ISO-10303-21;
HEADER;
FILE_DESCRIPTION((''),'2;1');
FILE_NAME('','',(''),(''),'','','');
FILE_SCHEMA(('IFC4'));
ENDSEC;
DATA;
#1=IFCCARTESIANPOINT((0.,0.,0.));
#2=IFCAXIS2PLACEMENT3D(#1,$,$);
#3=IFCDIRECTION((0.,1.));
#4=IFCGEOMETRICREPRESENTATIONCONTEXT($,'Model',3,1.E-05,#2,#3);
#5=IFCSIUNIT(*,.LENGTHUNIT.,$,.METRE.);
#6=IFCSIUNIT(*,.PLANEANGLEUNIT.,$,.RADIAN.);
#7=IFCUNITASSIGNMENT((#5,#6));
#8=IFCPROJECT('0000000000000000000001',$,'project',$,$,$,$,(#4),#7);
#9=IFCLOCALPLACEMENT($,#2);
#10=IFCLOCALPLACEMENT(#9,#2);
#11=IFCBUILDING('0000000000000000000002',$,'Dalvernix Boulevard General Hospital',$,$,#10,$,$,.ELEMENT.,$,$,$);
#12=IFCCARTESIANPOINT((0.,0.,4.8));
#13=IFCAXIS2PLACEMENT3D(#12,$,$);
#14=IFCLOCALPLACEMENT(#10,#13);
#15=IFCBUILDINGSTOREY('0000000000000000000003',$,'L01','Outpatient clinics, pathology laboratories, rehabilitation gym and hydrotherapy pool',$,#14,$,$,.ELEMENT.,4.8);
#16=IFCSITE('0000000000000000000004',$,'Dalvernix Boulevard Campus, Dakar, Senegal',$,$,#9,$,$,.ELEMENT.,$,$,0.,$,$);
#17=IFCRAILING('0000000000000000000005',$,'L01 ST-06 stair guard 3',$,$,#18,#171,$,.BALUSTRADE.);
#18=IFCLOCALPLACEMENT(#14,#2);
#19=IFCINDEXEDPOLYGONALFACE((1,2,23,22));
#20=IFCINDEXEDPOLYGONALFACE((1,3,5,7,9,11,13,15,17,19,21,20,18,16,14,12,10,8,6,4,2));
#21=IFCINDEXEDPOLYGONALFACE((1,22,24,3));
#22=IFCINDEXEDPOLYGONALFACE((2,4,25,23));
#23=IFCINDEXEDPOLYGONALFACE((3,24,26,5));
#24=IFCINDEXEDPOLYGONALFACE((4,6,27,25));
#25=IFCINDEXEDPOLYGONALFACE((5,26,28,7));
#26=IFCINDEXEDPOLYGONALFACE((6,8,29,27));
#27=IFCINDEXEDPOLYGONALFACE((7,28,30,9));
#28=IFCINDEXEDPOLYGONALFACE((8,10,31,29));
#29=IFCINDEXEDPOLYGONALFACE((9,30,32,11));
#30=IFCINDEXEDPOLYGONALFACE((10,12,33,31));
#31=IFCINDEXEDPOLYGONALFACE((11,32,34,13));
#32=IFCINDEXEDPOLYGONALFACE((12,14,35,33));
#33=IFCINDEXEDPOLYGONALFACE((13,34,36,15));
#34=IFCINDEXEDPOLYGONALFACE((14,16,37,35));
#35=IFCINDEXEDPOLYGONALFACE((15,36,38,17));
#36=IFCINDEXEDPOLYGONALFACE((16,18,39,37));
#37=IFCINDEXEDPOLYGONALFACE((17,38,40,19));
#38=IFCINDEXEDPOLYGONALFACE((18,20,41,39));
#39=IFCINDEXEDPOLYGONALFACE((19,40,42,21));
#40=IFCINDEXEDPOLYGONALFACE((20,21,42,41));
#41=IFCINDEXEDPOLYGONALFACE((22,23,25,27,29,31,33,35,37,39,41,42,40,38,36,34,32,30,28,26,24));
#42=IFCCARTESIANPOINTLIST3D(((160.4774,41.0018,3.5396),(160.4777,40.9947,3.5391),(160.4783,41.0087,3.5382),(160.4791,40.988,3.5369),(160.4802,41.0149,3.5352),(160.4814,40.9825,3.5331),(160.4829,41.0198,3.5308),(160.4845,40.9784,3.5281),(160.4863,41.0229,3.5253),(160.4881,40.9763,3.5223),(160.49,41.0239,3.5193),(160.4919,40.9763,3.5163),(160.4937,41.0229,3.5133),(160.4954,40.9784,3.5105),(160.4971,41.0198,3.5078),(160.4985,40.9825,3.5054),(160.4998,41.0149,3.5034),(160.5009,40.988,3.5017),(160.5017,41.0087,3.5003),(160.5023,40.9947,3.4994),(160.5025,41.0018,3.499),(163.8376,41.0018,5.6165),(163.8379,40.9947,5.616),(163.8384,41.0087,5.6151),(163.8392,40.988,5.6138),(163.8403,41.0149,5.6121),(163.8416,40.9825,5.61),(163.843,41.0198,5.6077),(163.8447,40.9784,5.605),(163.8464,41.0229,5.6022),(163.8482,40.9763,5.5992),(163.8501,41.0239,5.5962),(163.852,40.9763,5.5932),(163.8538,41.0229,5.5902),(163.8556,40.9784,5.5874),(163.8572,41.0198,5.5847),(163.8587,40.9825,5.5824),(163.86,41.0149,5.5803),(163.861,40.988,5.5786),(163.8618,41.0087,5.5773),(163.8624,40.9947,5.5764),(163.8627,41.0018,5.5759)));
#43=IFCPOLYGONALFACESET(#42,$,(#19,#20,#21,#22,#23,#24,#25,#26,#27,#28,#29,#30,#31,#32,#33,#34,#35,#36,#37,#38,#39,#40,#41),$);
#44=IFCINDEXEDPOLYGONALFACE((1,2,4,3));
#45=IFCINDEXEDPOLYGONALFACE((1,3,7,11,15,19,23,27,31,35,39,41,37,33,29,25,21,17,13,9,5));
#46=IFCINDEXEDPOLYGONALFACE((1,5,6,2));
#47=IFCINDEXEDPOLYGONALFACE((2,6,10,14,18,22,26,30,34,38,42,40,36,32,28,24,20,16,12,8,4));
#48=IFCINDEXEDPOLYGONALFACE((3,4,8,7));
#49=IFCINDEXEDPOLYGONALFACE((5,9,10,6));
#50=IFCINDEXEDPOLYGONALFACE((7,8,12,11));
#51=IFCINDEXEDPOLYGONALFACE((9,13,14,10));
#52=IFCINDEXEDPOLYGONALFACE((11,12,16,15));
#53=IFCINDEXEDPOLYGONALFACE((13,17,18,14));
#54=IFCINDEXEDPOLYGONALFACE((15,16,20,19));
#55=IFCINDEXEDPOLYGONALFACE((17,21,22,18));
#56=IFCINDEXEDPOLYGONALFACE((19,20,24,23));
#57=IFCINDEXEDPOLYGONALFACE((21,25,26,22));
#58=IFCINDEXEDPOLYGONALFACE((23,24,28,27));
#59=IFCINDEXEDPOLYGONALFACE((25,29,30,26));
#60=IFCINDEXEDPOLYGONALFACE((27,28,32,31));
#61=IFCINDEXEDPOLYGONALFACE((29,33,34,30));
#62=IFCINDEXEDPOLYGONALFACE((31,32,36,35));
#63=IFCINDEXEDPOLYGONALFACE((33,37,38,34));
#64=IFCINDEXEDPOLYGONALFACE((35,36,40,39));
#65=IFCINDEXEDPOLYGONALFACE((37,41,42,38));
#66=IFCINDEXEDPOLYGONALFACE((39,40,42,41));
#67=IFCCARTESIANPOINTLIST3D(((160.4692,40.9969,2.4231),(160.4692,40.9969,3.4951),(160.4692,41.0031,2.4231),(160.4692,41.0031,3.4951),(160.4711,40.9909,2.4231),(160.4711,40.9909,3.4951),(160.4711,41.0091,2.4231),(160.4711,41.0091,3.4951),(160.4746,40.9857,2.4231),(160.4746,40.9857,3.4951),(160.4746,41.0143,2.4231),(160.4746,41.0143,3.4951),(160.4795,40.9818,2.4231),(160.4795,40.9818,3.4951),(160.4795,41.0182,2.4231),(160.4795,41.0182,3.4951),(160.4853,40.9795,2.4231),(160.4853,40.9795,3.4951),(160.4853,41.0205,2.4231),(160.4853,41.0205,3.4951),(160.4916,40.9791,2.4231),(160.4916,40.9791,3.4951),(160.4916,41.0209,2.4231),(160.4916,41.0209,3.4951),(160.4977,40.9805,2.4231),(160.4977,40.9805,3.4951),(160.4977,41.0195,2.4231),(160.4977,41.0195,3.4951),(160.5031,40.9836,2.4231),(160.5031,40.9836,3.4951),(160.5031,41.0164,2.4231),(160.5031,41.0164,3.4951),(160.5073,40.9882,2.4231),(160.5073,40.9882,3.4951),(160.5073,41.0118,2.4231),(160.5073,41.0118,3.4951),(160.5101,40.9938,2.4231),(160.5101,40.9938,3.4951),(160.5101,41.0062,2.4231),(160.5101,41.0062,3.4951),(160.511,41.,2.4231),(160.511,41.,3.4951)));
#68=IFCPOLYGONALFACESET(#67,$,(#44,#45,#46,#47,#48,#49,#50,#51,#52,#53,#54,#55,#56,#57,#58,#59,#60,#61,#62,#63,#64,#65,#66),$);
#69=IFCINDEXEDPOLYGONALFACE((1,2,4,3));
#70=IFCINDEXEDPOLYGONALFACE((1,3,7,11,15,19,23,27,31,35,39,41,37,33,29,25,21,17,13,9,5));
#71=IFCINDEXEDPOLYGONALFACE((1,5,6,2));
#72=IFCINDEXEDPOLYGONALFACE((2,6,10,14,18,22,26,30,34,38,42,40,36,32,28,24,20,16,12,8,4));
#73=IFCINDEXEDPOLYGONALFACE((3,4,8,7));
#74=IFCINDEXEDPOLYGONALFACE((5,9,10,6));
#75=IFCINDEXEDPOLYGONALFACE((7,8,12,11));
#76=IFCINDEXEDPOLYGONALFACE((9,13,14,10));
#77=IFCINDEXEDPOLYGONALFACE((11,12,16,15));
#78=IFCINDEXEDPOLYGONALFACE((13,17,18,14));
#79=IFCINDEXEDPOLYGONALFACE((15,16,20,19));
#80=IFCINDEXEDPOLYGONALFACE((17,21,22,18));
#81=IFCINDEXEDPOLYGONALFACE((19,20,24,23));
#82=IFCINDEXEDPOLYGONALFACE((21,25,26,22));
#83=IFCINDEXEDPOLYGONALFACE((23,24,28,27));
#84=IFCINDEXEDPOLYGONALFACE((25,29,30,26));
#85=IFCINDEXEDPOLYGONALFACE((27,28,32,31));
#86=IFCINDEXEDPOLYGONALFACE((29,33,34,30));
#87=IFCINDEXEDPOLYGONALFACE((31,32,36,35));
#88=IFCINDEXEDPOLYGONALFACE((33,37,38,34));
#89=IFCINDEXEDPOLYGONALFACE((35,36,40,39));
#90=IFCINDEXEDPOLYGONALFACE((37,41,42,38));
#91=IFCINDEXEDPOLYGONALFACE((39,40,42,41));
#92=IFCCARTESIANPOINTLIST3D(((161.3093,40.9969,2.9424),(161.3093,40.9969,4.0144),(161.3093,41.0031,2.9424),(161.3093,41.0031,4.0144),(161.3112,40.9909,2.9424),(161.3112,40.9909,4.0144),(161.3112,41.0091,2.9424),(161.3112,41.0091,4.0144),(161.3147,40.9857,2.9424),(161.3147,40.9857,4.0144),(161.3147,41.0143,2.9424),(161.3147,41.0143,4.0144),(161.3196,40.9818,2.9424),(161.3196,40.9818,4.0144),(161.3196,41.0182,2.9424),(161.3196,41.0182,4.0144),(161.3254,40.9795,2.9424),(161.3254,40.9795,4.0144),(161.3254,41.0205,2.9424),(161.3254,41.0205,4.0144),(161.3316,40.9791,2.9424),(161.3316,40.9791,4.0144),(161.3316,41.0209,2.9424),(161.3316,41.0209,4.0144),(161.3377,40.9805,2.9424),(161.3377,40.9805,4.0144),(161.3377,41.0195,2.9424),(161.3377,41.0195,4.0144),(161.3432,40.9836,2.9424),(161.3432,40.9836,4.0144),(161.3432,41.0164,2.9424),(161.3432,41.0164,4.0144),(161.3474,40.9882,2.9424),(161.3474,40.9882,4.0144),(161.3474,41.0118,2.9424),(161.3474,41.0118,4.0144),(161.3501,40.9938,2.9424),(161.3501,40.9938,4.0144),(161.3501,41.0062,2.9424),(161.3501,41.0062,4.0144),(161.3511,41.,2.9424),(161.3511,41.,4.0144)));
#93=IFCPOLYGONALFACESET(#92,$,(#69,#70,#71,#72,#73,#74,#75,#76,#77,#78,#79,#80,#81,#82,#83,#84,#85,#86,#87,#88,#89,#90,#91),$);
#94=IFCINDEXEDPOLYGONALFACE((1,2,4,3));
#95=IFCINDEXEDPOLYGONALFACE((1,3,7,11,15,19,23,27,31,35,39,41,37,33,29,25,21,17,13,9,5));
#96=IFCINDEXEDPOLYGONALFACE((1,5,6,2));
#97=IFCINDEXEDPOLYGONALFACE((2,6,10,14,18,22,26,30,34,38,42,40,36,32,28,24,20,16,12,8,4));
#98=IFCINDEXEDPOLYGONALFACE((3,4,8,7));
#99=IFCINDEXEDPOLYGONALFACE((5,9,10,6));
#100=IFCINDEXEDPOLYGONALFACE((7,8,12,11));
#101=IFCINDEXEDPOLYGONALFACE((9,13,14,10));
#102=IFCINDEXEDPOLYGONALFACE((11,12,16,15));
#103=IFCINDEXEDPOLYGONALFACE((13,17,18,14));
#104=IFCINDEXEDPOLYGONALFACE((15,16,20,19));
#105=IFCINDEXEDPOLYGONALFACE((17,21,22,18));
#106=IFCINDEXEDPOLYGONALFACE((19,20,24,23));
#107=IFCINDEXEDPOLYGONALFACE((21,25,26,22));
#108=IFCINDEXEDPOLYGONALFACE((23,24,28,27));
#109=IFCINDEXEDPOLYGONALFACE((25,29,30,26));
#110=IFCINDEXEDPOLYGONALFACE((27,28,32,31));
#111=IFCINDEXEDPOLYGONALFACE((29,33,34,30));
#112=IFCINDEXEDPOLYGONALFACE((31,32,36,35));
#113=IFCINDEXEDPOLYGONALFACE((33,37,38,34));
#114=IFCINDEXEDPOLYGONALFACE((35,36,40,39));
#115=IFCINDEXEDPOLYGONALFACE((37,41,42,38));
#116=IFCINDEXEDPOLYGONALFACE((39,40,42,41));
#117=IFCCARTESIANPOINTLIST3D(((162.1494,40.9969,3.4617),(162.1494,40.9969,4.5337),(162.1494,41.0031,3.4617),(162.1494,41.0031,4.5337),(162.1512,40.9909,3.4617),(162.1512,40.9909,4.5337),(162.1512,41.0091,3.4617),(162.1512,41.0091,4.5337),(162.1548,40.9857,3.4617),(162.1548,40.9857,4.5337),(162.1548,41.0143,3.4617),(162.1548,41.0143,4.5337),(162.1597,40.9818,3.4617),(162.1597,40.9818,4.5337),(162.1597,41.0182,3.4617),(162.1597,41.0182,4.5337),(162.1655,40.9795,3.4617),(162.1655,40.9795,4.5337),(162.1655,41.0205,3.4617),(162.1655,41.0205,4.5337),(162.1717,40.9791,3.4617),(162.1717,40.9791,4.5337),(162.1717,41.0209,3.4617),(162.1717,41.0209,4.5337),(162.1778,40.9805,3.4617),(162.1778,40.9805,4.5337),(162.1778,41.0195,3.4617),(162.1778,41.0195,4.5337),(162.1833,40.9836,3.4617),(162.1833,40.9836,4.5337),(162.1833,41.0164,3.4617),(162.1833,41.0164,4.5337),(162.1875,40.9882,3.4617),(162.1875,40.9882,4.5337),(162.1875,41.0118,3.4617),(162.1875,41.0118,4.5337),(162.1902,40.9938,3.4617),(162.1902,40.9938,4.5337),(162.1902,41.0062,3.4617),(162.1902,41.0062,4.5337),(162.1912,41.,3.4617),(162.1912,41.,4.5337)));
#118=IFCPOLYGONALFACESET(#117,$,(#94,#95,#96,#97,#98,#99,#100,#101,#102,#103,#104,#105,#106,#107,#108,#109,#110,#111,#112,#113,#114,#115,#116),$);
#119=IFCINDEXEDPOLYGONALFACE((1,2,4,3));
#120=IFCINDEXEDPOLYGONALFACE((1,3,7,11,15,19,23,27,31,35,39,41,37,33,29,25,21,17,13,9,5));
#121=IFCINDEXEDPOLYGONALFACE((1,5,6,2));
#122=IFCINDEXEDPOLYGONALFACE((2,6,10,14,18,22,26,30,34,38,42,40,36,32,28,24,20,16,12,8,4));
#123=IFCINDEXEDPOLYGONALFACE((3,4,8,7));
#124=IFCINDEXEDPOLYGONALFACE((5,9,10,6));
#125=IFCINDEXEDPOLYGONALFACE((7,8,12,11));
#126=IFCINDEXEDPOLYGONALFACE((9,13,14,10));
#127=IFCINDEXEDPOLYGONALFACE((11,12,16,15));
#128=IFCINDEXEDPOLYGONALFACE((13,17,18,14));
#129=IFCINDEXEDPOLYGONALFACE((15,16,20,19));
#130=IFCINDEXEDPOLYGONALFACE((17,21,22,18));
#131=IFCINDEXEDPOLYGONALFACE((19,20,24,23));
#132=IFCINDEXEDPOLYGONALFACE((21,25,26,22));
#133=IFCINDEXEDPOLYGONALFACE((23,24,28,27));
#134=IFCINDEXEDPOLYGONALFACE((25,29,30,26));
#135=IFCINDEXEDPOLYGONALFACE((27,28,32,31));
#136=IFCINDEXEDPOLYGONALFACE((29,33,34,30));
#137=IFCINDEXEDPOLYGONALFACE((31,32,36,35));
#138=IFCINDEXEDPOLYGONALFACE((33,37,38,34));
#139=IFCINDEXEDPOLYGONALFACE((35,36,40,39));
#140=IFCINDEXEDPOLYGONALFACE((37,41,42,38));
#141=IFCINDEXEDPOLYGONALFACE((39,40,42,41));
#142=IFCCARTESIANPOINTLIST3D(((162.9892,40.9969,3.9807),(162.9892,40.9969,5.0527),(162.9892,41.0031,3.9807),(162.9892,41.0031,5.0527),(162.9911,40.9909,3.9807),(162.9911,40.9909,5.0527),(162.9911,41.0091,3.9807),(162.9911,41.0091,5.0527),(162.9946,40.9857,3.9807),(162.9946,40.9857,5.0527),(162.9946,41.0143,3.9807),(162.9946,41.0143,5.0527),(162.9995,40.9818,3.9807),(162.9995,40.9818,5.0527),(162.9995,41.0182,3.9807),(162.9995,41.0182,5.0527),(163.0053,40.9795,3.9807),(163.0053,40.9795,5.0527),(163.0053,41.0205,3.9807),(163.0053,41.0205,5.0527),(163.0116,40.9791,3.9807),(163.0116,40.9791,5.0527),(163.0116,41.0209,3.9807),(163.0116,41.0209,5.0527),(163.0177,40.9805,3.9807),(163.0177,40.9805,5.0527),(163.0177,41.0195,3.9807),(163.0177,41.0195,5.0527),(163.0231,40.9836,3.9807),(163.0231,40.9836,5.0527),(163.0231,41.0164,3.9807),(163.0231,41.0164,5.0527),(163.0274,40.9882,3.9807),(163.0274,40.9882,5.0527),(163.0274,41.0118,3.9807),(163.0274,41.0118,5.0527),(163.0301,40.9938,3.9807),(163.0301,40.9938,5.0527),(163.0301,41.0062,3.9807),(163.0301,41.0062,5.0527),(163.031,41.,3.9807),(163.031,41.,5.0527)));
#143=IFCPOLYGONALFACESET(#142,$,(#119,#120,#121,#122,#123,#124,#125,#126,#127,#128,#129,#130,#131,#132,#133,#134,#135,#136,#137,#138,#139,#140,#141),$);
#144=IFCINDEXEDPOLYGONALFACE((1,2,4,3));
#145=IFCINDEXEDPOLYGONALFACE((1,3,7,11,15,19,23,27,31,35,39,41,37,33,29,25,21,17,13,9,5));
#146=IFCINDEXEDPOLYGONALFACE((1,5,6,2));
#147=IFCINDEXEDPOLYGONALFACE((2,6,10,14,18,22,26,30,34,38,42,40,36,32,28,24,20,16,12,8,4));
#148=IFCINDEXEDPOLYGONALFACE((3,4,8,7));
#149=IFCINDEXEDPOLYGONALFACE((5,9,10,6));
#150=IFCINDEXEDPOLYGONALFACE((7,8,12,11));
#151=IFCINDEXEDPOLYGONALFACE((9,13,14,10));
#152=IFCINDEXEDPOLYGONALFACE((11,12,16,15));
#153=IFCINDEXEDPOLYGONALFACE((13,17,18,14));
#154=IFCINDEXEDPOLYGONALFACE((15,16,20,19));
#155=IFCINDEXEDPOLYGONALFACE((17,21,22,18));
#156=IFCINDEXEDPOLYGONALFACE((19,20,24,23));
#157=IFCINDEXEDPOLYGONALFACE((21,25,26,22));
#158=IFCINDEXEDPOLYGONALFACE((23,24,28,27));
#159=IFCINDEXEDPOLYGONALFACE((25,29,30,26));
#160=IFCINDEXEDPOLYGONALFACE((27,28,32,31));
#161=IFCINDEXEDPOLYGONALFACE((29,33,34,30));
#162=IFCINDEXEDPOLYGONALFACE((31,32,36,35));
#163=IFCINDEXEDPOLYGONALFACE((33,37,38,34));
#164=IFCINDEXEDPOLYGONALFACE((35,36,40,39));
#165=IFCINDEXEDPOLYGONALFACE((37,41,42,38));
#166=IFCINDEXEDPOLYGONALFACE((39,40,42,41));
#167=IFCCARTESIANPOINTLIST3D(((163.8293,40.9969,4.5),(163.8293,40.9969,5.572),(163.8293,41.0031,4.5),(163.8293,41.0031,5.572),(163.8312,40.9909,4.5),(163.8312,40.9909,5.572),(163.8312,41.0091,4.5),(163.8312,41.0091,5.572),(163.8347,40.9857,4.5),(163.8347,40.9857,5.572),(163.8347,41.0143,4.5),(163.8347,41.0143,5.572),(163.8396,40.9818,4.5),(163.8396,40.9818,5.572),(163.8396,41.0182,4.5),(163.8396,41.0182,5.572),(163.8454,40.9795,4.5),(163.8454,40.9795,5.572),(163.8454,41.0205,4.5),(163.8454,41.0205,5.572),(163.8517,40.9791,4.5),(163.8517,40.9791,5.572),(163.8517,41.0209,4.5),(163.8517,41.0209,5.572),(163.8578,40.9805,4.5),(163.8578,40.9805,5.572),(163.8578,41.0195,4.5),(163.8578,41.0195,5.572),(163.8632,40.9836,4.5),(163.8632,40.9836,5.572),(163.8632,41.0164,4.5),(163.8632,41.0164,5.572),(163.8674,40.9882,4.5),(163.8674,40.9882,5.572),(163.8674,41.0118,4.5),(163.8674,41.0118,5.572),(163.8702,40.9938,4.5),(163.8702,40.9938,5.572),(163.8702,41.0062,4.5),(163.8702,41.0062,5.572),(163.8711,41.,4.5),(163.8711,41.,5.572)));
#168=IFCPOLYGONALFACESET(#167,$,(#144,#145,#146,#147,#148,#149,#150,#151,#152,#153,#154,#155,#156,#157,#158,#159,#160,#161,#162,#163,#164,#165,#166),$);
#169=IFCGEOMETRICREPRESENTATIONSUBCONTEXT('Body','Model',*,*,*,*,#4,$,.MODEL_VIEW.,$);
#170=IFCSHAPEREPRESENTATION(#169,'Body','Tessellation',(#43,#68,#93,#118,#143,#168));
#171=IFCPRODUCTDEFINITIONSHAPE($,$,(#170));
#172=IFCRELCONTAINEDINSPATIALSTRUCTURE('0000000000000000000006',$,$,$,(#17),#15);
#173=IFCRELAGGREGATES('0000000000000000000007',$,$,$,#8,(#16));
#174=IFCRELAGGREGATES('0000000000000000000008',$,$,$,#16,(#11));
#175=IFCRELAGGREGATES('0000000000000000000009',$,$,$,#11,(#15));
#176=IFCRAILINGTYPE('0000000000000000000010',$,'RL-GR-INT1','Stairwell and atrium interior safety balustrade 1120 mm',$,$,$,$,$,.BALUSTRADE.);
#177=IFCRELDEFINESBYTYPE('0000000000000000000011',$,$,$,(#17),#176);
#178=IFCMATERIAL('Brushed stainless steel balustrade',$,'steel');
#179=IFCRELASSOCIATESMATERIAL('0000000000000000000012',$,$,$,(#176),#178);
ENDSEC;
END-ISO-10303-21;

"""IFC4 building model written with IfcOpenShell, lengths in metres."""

from ifc_helpers import new_model, si_unit, direction, frame, origin, origin_2d, place, context, subcontext, project, spatial, circle, extrude, material, type_object, element, save


model = new_model("IFC4")

# Units and contexts
model_context = context("Model", 3, precision=1e-05, world=origin(), true_north=direction((0.0, 1.0)))
body_context = subcontext(model_context, "Body", "Model", "MODEL_VIEW")
ifc_project = project(units=[si_unit("LENGTHUNIT", "METRE"), si_unit("PLANEANGLEUNIT", "RADIAN")], contexts=[model_context])

# Site, building, storey
site_placement = place(None, origin())
site = spatial("IfcSite", under=ifc_project, at=site_placement, Name="Dalvernix Boulevard Campus, Dakar, Senegal", CompositionType="ELEMENT", RefElevation=0.0)
building_placement = place(site_placement, origin())
building = spatial("IfcBuilding", under=site, at=building_placement, Name="Dalvernix Boulevard General Hospital", CompositionType="ELEMENT")
storey_placement = place(building_placement, frame((0.0, 0.0, 4.8)))
storey = spatial("IfcBuildingStorey", under=building, at=storey_placement, Name="L01", Description="Outpatient clinics, pathology laboratories, rehabilitation gym and hydrotherapy pool", CompositionType="ELEMENT", Elevation=4.8)

# Railing
ifc_material_1 = material(Name="Brushed stainless steel balustrade", Category="steel")
railing_type_1 = type_object("IfcRailingType", Name="RL-GR-INT1", Description="Stairwell and atrium interior safety balustrade 1120 mm", PredefinedType="BALUSTRADE", material=ifc_material_1)
railing_1_placement = place(storey_placement, frame((160.49, 41.0, 2.4231)))
element("IfcRailing", 1, at=railing_1_placement, inside=storey, type_object=railing_type_1, Name="L01 ST-06 stair guard 3", PredefinedType="BALUSTRADE", context=body_context, shape_type="SweptSolid", body=[
    extrude(circle(Radius=0.0239, at=origin_2d()), frame((0.0, 0.0, 1.0962), z_axis=(0.850623, 0.0, 0.525776), x_axis=(0.0, 1.0, 0.0)), (0.0, 0.0, 1.0), 3.9502),
    extrude(circle(Radius=0.021, at=origin_2d()), origin(), (0.0, 0.0, 1.0), 1.072),
    extrude(circle(Radius=0.021, at=origin_2d()), frame((0.8401, 0.0, 0.5193)), (0.0, 0.0, 1.0), 1.072),
    extrude(circle(Radius=0.021, at=origin_2d()), frame((1.6802, 0.0, 1.0386)), (0.0, 0.0, 1.0), 1.072),
    extrude(circle(Radius=0.021, at=origin_2d()), frame((2.52, 0.0, 1.5576)), (0.0, 0.0, 1.0), 1.072),
    extrude(circle(Radius=0.021, at=origin_2d()), frame((3.3601, 0.0, 2.0769)), (0.0, 0.0, 1.0), 1.072),
])

save(model, "model.ifc")
